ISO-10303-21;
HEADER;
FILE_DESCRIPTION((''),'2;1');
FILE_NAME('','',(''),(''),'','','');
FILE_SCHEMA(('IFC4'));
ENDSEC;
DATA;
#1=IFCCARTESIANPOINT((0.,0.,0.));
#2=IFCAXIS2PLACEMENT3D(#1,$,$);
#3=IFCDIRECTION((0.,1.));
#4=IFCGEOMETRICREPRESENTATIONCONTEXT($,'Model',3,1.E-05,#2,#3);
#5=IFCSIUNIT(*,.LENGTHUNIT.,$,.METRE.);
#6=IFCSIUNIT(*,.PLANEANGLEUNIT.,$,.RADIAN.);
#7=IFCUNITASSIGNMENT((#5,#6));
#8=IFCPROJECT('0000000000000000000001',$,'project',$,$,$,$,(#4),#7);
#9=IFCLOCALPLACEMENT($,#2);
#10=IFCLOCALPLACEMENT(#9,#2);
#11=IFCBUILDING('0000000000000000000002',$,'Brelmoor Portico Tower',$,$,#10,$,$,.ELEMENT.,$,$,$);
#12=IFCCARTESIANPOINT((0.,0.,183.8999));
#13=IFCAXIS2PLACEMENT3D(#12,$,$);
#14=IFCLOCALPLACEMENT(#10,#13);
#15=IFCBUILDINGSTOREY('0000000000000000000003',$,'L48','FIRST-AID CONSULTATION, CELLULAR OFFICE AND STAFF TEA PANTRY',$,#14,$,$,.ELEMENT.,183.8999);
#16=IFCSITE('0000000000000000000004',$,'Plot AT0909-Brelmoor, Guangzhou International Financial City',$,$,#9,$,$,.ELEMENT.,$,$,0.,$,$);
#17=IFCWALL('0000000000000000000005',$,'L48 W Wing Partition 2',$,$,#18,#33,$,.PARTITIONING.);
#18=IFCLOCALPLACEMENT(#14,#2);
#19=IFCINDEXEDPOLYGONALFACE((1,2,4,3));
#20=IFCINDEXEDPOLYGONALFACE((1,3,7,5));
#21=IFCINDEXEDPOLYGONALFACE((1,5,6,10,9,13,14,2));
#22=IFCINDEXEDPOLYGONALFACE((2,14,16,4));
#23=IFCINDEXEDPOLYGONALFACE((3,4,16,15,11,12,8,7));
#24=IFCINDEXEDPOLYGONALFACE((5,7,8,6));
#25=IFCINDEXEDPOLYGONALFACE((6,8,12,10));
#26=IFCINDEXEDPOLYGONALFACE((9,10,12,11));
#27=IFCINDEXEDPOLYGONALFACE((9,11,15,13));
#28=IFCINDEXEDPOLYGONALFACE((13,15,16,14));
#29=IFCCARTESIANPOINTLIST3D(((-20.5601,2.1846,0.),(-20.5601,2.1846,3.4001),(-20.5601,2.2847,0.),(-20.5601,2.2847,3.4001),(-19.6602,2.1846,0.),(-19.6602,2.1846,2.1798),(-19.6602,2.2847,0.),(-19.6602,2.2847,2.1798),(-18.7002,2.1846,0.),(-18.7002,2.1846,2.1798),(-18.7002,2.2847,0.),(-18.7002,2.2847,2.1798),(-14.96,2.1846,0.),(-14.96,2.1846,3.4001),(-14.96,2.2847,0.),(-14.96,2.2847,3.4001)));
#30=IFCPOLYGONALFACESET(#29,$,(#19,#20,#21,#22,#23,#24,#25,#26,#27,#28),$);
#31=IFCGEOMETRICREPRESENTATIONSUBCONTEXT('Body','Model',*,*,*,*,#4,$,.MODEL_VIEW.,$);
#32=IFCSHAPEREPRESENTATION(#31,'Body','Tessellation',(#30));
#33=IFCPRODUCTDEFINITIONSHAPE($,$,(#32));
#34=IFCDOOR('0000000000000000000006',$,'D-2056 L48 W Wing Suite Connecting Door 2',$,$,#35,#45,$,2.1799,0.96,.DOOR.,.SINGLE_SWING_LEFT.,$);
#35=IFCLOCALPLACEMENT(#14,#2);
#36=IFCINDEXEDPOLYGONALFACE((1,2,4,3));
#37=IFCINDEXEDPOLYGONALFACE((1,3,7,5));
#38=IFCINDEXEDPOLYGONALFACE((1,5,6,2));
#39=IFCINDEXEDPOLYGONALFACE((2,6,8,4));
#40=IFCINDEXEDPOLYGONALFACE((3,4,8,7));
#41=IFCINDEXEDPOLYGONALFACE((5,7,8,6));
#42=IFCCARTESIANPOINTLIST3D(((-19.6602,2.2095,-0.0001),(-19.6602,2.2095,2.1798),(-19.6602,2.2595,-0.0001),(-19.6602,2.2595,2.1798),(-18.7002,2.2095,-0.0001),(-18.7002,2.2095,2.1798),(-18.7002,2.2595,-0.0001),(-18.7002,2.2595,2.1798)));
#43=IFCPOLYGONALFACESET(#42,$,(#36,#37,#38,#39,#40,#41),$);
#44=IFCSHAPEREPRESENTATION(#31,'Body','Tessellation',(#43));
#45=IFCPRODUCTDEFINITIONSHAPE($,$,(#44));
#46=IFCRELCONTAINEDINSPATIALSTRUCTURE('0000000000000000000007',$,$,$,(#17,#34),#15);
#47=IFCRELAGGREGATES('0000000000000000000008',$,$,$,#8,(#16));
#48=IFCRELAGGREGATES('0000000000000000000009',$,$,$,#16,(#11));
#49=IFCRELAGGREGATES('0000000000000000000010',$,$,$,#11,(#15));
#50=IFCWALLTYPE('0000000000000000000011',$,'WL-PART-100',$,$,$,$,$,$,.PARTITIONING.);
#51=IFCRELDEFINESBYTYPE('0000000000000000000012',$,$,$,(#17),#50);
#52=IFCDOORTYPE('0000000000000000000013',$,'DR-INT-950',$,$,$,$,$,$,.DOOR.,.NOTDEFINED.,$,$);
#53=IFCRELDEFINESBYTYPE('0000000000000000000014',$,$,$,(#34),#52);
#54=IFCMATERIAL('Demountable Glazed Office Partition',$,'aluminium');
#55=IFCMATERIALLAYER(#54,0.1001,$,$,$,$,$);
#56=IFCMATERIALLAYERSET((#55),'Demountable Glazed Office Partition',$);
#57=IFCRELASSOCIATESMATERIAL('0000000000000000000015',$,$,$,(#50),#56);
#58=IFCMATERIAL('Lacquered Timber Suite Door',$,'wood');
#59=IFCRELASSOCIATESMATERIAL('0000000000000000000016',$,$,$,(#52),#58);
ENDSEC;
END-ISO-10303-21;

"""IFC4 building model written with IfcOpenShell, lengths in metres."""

from ifc_helpers import new_model, si_unit, direction, frame, frame_2d, origin, place, context, subcontext, project, spatial, rectangle, extrude, material, layer, layer_set, type_object, element, fill, save


model = new_model("IFC4")

# Units and contexts
model_context = context("Model", 3, precision=1e-05, world=origin(), true_north=direction((0.0, 1.0)))
body_context = subcontext(model_context, "Body", "Model", "MODEL_VIEW")
ifc_project = project(units=[si_unit("LENGTHUNIT", "METRE"), si_unit("PLANEANGLEUNIT", "RADIAN")], contexts=[model_context])

# Site, building, storey
site_placement = place(None, origin())
site = spatial("IfcSite", under=ifc_project, at=site_placement, Name="Plot AT0909-Brelmoor, Guangzhou International Financial City", CompositionType="ELEMENT", RefElevation=0.0)
building_placement = place(site_placement, origin())
building = spatial("IfcBuilding", under=site, at=building_placement, Name="Brelmoor Portico Tower", CompositionType="ELEMENT")
storey_placement = place(building_placement, frame((0.0, 0.0, 183.8999)))
storey = spatial("IfcBuildingStorey", under=building, at=storey_placement, Name="L48", Description="FIRST-AID CONSULTATION, CELLULAR OFFICE AND STAFF TEA PANTRY", CompositionType="ELEMENT", Elevation=183.8999)

# Wall, opening, door
ifc_material_1 = material(Name="Demountable Glazed Office Partition", Category="aluminium")
ifc_layer_1 = layer(ifc_material_1, 0.1001)
ifc_layer_set_1 = layer_set([ifc_layer_1], Name="Demountable Glazed Office Partition")
wall_type_1 = type_object("IfcWallType", Name="WL-PART-100", PredefinedType="PARTITIONING", material=ifc_layer_set_1)
wall_1_placement = place(storey_placement, frame((-20.5601, 2.2346, 0.0), z_axis=(0.0, 0.0, 1.0), x_axis=(1.0, 0.0, 0.0)))
wall_1 = element("IfcWall", 1, at=wall_1_placement, inside=storey, type_object=wall_type_1, Name="L48 W Wing Partition 2", PredefinedType="PARTITIONING", context=body_context, shape_type="SweptSolid", body=[
    extrude(rectangle(XDim=5.6001, YDim=0.1001, at=frame_2d((2.8, 0.0))), origin(), (0.0, 0.0, 1.0), 3.4001),
])
opening_placement = place(wall_1_placement, frame((0.8999, 0.0, 0.0)))
opening = element("IfcOpeningElement", 2, at=opening_placement, cuts=wall_1, PredefinedType="OPENING", context=body_context, shape_type="SweptSolid", body=[
    extrude(rectangle(XDim=0.96, YDim=2.1799, at=frame_2d((0.48, 1.0898))), frame((0.0, 0.0601, 0.0), z_axis=(0.0, -1.0, 0.0), x_axis=(1.0, 0.0, 0.0)), (0.0, 0.0, 1.0), 0.1201),
])
ifc_material_2 = material(Name="Lacquered Timber Suite Door", Category="wood")
door_type = type_object("IfcDoorType", Name="DR-INT-950", OperationType="NOTDEFINED", PredefinedType="DOOR", material=ifc_material_2)
door_placement = place(opening_placement, origin())
door = element("IfcDoor", 3, at=door_placement, inside=storey, type_object=door_type, Name="D-2056 L48 W Wing Suite Connecting Door 2", OperationType="SINGLE_SWING_LEFT", OverallHeight=2.1799, OverallWidth=0.96, PredefinedType="DOOR", context=body_context, shape_type="SweptSolid", body=[
    extrude(rectangle(XDim=0.96, YDim=2.1799, at=frame_2d((0.48, 1.0898))), frame((0.0, 0.0249, 0.0), z_axis=(0.0, -1.0, 0.0), x_axis=(1.0, 0.0, 0.0)), (0.0, 0.0, 1.0), 0.05),
])
fill(opening, door)

save(model, "model.ifc")
